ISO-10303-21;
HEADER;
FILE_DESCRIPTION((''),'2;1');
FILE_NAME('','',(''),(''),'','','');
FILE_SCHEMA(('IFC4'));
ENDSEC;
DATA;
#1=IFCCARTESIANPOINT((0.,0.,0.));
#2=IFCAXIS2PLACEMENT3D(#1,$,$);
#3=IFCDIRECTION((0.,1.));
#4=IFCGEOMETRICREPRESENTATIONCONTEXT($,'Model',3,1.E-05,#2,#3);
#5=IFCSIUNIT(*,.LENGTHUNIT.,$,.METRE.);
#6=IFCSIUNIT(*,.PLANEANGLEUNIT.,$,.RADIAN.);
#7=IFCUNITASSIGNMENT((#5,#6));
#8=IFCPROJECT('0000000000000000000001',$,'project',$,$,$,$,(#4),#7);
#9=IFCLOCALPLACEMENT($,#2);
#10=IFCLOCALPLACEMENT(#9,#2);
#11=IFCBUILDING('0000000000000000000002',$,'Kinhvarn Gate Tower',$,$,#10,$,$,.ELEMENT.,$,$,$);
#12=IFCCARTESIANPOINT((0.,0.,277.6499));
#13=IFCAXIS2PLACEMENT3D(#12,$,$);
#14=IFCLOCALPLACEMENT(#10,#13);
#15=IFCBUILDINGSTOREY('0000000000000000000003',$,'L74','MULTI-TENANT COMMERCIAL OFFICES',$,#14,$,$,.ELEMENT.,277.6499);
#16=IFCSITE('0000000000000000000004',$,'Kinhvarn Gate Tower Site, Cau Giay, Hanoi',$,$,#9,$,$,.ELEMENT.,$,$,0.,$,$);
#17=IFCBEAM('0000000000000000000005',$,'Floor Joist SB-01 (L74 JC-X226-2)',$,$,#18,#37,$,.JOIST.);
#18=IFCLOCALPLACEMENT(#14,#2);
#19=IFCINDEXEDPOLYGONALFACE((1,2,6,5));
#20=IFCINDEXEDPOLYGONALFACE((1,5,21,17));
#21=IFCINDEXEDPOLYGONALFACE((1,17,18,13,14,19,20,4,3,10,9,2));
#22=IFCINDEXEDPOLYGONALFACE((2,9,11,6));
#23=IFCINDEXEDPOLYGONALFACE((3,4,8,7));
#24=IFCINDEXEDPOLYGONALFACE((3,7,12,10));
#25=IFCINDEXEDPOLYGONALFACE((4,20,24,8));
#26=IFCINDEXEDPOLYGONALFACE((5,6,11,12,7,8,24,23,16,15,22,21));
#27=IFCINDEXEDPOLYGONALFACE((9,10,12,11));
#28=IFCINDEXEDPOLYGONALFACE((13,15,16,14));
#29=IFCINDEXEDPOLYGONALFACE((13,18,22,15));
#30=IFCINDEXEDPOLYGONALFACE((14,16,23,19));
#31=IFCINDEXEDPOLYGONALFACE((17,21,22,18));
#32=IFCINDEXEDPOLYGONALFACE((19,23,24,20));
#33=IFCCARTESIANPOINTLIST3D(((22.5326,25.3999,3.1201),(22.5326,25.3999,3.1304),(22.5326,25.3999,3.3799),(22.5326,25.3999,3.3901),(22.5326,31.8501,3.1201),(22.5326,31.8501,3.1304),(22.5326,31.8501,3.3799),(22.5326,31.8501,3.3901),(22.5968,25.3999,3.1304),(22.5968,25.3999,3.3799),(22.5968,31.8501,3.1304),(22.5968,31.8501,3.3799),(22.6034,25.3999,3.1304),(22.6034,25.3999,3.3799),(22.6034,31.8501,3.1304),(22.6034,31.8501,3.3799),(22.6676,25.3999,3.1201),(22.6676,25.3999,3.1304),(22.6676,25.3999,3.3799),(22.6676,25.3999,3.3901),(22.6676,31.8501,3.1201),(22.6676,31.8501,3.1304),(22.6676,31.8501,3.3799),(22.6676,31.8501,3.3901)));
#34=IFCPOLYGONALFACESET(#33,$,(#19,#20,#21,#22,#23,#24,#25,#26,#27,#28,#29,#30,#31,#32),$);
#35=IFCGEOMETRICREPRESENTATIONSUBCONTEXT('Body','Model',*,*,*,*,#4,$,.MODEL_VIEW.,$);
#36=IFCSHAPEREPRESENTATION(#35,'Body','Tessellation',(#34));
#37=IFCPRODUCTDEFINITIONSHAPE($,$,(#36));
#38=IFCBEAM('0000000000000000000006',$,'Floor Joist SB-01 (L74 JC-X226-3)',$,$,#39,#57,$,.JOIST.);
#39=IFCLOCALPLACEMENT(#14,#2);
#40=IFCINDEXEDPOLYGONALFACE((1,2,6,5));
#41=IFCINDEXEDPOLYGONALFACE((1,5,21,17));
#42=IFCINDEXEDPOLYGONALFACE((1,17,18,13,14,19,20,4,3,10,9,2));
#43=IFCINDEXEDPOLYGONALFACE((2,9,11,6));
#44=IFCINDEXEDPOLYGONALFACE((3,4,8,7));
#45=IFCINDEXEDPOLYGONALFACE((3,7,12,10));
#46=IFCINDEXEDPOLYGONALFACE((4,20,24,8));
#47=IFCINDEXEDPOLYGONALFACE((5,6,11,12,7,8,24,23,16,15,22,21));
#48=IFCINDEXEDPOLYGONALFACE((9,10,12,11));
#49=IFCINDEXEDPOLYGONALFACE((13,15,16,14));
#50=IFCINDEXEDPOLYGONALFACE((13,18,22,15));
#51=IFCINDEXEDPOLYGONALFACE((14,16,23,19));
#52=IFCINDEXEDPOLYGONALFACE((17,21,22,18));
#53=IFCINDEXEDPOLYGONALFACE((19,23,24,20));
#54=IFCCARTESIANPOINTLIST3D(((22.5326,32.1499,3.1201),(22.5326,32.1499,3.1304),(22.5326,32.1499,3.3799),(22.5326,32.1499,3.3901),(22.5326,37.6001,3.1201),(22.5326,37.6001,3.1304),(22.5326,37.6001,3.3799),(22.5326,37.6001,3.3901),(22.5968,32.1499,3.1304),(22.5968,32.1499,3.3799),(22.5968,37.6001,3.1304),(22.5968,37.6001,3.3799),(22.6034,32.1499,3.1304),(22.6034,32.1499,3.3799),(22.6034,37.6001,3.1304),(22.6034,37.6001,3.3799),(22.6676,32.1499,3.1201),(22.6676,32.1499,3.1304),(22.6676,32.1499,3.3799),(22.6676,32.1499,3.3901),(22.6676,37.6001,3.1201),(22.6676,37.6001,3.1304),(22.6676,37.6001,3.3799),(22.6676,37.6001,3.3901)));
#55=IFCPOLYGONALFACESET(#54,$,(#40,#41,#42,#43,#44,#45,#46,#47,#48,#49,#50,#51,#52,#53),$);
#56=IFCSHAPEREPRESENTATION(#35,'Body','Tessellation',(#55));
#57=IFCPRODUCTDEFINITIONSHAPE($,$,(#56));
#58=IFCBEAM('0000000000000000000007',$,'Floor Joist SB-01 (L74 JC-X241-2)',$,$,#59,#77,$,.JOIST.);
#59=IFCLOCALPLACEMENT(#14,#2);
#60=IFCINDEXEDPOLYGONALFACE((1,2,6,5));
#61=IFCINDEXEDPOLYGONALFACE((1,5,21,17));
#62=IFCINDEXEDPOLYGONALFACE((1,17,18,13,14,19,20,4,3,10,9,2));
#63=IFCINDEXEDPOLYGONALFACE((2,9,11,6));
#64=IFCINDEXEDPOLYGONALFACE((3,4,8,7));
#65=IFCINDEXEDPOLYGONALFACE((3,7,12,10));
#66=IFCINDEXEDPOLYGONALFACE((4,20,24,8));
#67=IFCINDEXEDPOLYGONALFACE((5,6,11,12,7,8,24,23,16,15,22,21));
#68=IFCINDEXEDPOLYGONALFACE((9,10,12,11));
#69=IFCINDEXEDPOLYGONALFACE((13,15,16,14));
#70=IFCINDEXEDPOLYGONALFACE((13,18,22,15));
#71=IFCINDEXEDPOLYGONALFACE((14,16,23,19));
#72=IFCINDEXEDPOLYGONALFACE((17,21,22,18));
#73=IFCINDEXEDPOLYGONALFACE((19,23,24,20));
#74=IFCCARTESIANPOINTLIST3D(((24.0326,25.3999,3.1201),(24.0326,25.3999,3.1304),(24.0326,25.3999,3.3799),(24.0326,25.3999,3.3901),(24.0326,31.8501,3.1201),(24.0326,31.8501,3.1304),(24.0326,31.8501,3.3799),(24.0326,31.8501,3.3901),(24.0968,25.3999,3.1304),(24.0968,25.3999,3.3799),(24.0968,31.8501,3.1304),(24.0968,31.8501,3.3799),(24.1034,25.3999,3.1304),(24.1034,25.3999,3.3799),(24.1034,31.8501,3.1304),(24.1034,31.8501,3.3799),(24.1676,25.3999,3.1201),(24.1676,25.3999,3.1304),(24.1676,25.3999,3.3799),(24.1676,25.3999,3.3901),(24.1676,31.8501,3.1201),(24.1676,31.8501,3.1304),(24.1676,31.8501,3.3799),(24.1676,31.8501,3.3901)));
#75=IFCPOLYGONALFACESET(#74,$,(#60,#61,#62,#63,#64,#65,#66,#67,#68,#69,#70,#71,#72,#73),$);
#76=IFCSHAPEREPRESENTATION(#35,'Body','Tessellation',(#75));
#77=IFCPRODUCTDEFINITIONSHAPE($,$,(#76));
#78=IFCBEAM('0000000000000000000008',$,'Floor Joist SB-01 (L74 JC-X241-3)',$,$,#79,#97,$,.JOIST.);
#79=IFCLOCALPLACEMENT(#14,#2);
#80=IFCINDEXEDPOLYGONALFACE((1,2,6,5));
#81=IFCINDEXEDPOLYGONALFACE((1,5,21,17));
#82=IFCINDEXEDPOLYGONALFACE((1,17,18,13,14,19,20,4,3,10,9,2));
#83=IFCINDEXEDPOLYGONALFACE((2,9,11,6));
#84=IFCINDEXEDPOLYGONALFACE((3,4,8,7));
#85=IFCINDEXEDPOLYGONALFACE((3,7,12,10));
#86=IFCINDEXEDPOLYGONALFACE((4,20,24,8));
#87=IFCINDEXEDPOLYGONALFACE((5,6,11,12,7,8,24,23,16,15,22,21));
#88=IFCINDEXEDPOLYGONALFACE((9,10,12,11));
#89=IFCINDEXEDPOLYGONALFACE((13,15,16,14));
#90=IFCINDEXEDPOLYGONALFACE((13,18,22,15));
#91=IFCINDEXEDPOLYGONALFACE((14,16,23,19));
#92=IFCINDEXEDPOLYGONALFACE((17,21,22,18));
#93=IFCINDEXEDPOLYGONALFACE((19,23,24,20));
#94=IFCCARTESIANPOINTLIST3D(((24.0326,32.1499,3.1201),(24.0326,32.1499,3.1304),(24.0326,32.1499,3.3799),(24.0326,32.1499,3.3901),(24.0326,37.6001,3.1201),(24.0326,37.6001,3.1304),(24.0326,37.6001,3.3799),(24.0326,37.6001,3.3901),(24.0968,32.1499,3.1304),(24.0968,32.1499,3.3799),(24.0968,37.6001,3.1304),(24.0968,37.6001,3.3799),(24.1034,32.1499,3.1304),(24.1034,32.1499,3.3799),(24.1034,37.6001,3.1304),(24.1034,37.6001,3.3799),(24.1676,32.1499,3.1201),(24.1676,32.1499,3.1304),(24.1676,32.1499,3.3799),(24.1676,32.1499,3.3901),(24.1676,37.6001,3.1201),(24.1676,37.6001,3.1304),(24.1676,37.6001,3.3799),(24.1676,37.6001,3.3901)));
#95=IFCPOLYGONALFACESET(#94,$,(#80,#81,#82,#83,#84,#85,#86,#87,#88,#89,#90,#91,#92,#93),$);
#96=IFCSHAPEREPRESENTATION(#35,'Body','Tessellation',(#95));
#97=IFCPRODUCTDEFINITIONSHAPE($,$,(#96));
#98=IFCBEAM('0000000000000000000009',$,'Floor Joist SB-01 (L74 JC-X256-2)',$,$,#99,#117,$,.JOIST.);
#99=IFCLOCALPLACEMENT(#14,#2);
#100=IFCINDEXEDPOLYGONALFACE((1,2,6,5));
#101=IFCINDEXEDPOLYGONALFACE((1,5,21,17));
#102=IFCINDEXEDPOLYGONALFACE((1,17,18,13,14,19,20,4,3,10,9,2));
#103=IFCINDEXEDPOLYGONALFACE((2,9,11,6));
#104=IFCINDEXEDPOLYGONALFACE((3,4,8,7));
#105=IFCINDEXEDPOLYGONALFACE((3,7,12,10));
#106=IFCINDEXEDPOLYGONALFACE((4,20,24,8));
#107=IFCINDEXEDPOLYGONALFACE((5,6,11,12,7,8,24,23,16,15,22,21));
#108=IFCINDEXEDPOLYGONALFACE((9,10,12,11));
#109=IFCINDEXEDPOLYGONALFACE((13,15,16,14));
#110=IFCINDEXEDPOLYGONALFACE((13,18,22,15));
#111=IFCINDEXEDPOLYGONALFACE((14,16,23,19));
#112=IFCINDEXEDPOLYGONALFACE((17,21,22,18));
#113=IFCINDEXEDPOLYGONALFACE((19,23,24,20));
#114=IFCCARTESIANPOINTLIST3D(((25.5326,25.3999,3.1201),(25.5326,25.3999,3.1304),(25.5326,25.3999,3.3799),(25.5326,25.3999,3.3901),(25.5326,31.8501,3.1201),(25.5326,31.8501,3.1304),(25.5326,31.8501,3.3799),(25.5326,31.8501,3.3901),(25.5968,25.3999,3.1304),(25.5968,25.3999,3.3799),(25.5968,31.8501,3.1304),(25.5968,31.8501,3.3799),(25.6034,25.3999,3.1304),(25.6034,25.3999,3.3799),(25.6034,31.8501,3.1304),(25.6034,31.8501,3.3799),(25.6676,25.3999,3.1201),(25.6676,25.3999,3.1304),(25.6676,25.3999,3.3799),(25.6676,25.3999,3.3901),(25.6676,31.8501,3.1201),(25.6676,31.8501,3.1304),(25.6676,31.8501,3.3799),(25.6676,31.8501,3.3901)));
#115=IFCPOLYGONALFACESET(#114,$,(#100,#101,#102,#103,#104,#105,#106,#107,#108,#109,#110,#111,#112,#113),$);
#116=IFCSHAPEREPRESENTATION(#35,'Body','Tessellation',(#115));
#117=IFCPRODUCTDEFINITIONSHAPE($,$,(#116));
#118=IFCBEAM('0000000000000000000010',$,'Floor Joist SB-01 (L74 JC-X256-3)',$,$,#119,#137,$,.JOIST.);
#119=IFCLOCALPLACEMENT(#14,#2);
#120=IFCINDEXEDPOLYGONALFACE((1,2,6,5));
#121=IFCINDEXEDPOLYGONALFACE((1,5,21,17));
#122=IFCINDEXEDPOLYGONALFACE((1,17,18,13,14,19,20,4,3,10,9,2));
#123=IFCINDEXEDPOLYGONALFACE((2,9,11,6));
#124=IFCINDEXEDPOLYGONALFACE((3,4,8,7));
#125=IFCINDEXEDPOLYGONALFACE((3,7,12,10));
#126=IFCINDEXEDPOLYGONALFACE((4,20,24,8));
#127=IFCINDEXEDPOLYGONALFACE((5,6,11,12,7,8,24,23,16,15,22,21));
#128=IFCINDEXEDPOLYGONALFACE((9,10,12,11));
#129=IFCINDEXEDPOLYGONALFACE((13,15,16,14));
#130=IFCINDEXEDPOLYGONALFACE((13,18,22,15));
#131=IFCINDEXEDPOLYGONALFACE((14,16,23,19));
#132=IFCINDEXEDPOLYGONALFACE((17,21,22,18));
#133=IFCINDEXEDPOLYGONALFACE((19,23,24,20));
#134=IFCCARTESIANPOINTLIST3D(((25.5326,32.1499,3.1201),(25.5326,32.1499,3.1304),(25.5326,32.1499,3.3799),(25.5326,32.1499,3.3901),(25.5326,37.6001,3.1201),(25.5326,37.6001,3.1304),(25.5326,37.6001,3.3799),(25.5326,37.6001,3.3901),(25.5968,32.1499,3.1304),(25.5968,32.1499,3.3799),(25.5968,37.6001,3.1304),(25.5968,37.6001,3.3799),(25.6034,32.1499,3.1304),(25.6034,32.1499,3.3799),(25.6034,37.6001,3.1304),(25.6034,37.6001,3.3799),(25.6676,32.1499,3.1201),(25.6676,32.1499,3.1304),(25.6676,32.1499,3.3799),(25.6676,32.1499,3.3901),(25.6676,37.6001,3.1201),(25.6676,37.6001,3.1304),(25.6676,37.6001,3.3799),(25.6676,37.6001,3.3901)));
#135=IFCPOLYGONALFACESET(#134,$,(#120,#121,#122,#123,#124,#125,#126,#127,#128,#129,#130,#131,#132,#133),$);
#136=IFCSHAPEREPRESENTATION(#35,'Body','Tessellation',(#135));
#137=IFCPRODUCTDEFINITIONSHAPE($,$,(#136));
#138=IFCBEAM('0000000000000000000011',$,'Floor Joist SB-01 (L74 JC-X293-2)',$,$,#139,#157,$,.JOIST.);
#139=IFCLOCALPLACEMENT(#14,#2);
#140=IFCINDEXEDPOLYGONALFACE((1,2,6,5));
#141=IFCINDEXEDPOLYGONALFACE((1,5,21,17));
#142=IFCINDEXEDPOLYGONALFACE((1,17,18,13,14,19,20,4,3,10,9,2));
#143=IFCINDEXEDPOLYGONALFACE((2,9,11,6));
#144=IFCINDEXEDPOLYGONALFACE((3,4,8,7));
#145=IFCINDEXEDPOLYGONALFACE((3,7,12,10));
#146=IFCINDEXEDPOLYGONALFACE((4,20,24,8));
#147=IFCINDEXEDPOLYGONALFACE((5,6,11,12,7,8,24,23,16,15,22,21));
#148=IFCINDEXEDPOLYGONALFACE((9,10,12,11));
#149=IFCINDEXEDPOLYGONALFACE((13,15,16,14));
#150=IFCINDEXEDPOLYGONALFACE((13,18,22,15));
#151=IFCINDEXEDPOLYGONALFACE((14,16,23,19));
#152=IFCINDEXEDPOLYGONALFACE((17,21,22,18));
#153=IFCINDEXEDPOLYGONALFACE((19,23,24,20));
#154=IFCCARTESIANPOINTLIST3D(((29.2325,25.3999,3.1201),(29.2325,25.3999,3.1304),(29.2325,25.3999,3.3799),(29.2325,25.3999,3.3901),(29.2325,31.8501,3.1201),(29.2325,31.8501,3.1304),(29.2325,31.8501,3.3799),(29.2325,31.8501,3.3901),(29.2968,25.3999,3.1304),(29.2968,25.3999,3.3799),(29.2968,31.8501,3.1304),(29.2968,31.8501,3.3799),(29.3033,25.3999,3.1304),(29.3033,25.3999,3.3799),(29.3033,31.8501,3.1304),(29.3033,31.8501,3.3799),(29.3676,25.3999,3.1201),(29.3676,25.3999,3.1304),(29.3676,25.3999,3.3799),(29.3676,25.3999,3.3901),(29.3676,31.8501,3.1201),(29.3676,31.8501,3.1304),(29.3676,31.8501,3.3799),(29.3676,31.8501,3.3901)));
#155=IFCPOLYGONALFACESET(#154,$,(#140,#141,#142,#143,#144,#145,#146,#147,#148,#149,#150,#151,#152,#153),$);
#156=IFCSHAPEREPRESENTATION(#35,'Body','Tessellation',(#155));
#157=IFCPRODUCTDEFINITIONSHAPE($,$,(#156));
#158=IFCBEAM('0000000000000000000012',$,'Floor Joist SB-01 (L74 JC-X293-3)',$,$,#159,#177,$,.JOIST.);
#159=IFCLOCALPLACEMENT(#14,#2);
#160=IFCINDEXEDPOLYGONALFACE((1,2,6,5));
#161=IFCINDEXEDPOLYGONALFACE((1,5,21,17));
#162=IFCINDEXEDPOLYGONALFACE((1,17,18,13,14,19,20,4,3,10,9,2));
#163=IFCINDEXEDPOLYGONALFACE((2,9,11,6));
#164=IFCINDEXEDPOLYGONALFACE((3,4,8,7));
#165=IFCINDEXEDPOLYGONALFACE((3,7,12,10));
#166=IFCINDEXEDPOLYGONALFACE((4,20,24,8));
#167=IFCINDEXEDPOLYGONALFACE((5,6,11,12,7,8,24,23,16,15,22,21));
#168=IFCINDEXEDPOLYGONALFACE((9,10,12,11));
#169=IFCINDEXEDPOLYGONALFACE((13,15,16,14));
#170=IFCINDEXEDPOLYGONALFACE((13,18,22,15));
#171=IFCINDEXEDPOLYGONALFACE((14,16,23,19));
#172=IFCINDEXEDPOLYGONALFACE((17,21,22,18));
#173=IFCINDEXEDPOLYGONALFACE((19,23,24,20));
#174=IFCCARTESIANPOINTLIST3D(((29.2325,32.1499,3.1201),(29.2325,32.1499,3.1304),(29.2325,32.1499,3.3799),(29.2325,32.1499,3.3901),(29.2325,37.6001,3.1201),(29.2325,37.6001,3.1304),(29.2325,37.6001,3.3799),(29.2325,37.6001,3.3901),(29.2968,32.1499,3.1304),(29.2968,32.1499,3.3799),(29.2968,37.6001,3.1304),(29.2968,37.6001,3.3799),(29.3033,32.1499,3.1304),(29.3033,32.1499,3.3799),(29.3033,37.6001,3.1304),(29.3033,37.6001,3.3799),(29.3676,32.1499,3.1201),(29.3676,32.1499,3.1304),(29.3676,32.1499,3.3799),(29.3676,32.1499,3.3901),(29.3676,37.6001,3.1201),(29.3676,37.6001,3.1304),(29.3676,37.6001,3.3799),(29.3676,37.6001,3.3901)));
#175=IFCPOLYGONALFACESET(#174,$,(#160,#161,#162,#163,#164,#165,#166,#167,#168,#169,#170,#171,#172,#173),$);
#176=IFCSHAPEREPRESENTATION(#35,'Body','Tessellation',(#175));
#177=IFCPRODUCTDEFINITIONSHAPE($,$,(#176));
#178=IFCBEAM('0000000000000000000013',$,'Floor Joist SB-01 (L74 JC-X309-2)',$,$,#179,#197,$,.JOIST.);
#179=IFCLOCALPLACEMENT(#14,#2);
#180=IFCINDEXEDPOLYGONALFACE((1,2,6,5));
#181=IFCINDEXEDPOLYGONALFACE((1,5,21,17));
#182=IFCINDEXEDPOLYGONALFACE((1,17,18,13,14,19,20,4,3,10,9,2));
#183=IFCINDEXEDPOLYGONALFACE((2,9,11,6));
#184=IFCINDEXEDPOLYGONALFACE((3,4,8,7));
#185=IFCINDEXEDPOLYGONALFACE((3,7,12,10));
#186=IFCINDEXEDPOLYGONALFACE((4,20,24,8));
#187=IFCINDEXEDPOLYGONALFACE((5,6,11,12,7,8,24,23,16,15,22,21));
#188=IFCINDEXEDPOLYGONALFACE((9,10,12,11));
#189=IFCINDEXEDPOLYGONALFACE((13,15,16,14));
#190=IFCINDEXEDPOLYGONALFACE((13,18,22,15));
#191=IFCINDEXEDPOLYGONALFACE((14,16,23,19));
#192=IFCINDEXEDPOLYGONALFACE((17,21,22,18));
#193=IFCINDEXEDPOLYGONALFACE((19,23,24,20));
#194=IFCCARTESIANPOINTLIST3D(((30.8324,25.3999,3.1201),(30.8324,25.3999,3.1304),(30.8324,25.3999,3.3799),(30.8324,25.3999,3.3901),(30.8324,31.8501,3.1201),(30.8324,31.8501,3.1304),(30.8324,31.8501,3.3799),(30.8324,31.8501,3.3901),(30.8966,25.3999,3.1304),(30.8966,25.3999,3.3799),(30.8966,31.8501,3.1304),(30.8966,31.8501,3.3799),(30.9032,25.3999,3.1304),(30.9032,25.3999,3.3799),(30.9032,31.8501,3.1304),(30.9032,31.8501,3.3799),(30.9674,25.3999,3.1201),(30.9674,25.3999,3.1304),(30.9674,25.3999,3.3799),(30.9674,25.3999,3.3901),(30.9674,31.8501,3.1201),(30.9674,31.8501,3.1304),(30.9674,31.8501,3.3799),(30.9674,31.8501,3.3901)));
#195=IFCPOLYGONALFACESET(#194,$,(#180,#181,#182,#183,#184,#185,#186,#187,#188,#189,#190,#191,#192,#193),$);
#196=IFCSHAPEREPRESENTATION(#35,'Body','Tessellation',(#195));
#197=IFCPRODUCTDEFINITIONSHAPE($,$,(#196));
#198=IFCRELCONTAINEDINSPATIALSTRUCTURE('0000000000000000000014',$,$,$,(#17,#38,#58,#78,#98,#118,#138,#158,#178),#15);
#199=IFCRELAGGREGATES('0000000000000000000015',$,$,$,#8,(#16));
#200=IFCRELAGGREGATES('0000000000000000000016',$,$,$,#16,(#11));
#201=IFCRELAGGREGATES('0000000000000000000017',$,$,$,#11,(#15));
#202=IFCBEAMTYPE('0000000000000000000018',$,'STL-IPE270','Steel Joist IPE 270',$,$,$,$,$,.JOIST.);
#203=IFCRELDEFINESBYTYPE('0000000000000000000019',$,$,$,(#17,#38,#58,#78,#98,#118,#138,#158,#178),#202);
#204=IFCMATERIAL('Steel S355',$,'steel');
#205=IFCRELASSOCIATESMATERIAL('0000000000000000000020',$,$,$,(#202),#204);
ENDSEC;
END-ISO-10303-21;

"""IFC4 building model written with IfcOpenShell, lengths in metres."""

from ifc_helpers import new_model, si_unit, direction, frame, origin, origin_2d, place, context, subcontext, project, spatial, i_section, extrude, material, material_profile, profile_set, type_object, element, save


model = new_model("IFC4")

# Units and contexts
model_context = context("Model", 3, precision=1e-05, world=origin(), true_north=direction((0.0, 1.0)))
body_context = subcontext(model_context, "Body", "Model", "MODEL_VIEW")
ifc_project = project(units=[si_unit("LENGTHUNIT", "METRE"), si_unit("PLANEANGLEUNIT", "RADIAN")], contexts=[model_context])

# Site, building, storey
site_placement = place(None, origin())
site = spatial("IfcSite", under=ifc_project, at=site_placement, Name="Kinhvarn Gate Tower Site, Cau Giay, Hanoi", CompositionType="ELEMENT", RefElevation=0.0)
building_placement = place(site_placement, origin())
building = spatial("IfcBuilding", under=site, at=building_placement, Name="Kinhvarn Gate Tower", CompositionType="ELEMENT")
storey_placement = place(building_placement, frame((0.0, 0.0, 277.6499)))
storey = spatial("IfcBuildingStorey", under=building, at=storey_placement, Name="L74", Description="MULTI-TENANT COMMERCIAL OFFICES", CompositionType="ELEMENT", Elevation=277.6499)

# Beams
ifc_material_1 = material(Name="Steel S355", Category="steel")
ifc_material_profile = material_profile(ifc_material_1, i_section(OverallWidth=0.135, OverallDepth=0.27, WebThickness=0.0066, FlangeThickness=0.0103, at=origin_2d()), Name="IPE 270")
ifc_profile_set = profile_set([ifc_material_profile], Name="Steel S355")
beam_type = type_object("IfcBeamType", Name="STL-IPE270", Description="Steel Joist IPE 270", PredefinedType="JOIST", material=ifc_profile_set)
beam_1_placement = place(storey_placement, frame((22.6001, 25.3999, 3.2551), z_axis=(0.0, 1.0, 0.0), x_axis=(-1.0, 0.0, 0.0)))
element("IfcBeam", 1, at=beam_1_placement, inside=storey, type_object=beam_type, Name="Floor Joist SB-01 (L74 JC-X226-2)", PredefinedType="JOIST", context=body_context, shape_type="SweptSolid", body=[
    extrude(i_section(OverallWidth=0.135, OverallDepth=0.27, WebThickness=0.0066, FlangeThickness=0.0103, at=origin_2d()), origin(), (0.0, 0.0, 1.0), 6.4502),
])
beam_2_placement = place(storey_placement, frame((22.6001, 32.1499, 3.2551), z_axis=(0.0, 1.0, 0.0), x_axis=(-1.0, 0.0, 0.0)))
element("IfcBeam", 2, at=beam_2_placement, inside=storey, type_object=beam_type, Name="Floor Joist SB-01 (L74 JC-X226-3)", PredefinedType="JOIST", context=body_context, shape_type="SweptSolid", body=[
    extrude(i_section(OverallWidth=0.135, OverallDepth=0.27, WebThickness=0.0066, FlangeThickness=0.0103, at=origin_2d()), origin(), (0.0, 0.0, 1.0), 5.4502),
])
beam_3_placement = place(storey_placement, frame((24.1001, 25.3999, 3.2551), z_axis=(0.0, 1.0, 0.0), x_axis=(-1.0, 0.0, 0.0)))
element("IfcBeam", 3, at=beam_3_placement, inside=storey, type_object=beam_type, Name="Floor Joist SB-01 (L74 JC-X241-2)", PredefinedType="JOIST", context=body_context, shape_type="SweptSolid", body=[
    extrude(i_section(OverallWidth=0.135, OverallDepth=0.27, WebThickness=0.0066, FlangeThickness=0.0103, at=origin_2d()), origin(), (0.0, 0.0, 1.0), 6.4502),
])
beam_4_placement = place(storey_placement, frame((24.1001, 32.1499, 3.2551), z_axis=(0.0, 1.0, 0.0), x_axis=(-1.0, 0.0, 0.0)))
element("IfcBeam", 4, at=beam_4_placement, inside=storey, type_object=beam_type, Name="Floor Joist SB-01 (L74 JC-X241-3)", PredefinedType="JOIST", context=body_context, shape_type="SweptSolid", body=[
    extrude(i_section(OverallWidth=0.135, OverallDepth=0.27, WebThickness=0.0066, FlangeThickness=0.0103, at=origin_2d()), origin(), (0.0, 0.0, 1.0), 5.4502),
])
beam_5_placement = place(storey_placement, frame((25.6001, 25.3999, 3.2551), z_axis=(0.0, 1.0, 0.0), x_axis=(-1.0, 0.0, 0.0)))
element("IfcBeam", 5, at=beam_5_placement, inside=storey, type_object=beam_type, Name="Floor Joist SB-01 (L74 JC-X256-2)", PredefinedType="JOIST", context=body_context, shape_type="SweptSolid", body=[
    extrude(i_section(OverallWidth=0.135, OverallDepth=0.27, WebThickness=0.0066, FlangeThickness=0.0103, at=origin_2d()), origin(), (0.0, 0.0, 1.0), 6.4502),
])
beam_6_placement = place(storey_placement, frame((25.6001, 32.1499, 3.2551), z_axis=(0.0, 1.0, 0.0), x_axis=(-1.0, 0.0, 0.0)))
element("IfcBeam", 6, at=beam_6_placement, inside=storey, type_object=beam_type, Name="Floor Joist SB-01 (L74 JC-X256-3)", PredefinedType="JOIST", context=body_context, shape_type="SweptSolid", body=[
    extrude(i_section(OverallWidth=0.135, OverallDepth=0.27, WebThickness=0.0066, FlangeThickness=0.0103, at=origin_2d()), origin(), (0.0, 0.0, 1.0), 5.4502),
])
beam_7_placement = place(storey_placement, frame((29.3, 25.3999, 3.2551), z_axis=(0.0, 1.0, 0.0), x_axis=(-1.0, 0.0, 0.0)))
element("IfcBeam", 7, at=beam_7_placement, inside=storey, type_object=beam_type, Name="Floor Joist SB-01 (L74 JC-X293-2)", PredefinedType="JOIST", context=body_context, shape_type="SweptSolid", body=[
    extrude(i_section(OverallWidth=0.135, OverallDepth=0.27, WebThickness=0.0066, FlangeThickness=0.0103, at=origin_2d()), origin(), (0.0, 0.0, 1.0), 6.4502),
])
beam_8_placement = place(storey_placement, frame((29.3, 32.1499, 3.2551), z_axis=(0.0, 1.0, 0.0), x_axis=(-1.0, 0.0, 0.0)))
element("IfcBeam", 8, at=beam_8_placement, inside=storey, type_object=beam_type, Name="Floor Joist SB-01 (L74 JC-X293-3)", PredefinedType="JOIST", context=body_context, shape_type="SweptSolid", body=[
    extrude(i_section(OverallWidth=0.135, OverallDepth=0.27, WebThickness=0.0066, FlangeThickness=0.0103, at=origin_2d()), origin(), (0.0, 0.0, 1.0), 5.4502),
])
beam_9_placement = place(storey_placement, frame((30.8999, 25.3999, 3.2551), z_axis=(0.0, 1.0, 0.0), x_axis=(-1.0, 0.0, 0.0)))
element("IfcBeam", 9, at=beam_9_placement, inside=storey, type_object=beam_type, Name="Floor Joist SB-01 (L74 JC-X309-2)", PredefinedType="JOIST", context=body_context, shape_type="SweptSolid", body=[
    extrude(i_section(OverallWidth=0.135, OverallDepth=0.27, WebThickness=0.0066, FlangeThickness=0.0103, at=origin_2d()), origin(), (0.0, 0.0, 1.0), 6.4502),
])

save(model, "model.ifc")
